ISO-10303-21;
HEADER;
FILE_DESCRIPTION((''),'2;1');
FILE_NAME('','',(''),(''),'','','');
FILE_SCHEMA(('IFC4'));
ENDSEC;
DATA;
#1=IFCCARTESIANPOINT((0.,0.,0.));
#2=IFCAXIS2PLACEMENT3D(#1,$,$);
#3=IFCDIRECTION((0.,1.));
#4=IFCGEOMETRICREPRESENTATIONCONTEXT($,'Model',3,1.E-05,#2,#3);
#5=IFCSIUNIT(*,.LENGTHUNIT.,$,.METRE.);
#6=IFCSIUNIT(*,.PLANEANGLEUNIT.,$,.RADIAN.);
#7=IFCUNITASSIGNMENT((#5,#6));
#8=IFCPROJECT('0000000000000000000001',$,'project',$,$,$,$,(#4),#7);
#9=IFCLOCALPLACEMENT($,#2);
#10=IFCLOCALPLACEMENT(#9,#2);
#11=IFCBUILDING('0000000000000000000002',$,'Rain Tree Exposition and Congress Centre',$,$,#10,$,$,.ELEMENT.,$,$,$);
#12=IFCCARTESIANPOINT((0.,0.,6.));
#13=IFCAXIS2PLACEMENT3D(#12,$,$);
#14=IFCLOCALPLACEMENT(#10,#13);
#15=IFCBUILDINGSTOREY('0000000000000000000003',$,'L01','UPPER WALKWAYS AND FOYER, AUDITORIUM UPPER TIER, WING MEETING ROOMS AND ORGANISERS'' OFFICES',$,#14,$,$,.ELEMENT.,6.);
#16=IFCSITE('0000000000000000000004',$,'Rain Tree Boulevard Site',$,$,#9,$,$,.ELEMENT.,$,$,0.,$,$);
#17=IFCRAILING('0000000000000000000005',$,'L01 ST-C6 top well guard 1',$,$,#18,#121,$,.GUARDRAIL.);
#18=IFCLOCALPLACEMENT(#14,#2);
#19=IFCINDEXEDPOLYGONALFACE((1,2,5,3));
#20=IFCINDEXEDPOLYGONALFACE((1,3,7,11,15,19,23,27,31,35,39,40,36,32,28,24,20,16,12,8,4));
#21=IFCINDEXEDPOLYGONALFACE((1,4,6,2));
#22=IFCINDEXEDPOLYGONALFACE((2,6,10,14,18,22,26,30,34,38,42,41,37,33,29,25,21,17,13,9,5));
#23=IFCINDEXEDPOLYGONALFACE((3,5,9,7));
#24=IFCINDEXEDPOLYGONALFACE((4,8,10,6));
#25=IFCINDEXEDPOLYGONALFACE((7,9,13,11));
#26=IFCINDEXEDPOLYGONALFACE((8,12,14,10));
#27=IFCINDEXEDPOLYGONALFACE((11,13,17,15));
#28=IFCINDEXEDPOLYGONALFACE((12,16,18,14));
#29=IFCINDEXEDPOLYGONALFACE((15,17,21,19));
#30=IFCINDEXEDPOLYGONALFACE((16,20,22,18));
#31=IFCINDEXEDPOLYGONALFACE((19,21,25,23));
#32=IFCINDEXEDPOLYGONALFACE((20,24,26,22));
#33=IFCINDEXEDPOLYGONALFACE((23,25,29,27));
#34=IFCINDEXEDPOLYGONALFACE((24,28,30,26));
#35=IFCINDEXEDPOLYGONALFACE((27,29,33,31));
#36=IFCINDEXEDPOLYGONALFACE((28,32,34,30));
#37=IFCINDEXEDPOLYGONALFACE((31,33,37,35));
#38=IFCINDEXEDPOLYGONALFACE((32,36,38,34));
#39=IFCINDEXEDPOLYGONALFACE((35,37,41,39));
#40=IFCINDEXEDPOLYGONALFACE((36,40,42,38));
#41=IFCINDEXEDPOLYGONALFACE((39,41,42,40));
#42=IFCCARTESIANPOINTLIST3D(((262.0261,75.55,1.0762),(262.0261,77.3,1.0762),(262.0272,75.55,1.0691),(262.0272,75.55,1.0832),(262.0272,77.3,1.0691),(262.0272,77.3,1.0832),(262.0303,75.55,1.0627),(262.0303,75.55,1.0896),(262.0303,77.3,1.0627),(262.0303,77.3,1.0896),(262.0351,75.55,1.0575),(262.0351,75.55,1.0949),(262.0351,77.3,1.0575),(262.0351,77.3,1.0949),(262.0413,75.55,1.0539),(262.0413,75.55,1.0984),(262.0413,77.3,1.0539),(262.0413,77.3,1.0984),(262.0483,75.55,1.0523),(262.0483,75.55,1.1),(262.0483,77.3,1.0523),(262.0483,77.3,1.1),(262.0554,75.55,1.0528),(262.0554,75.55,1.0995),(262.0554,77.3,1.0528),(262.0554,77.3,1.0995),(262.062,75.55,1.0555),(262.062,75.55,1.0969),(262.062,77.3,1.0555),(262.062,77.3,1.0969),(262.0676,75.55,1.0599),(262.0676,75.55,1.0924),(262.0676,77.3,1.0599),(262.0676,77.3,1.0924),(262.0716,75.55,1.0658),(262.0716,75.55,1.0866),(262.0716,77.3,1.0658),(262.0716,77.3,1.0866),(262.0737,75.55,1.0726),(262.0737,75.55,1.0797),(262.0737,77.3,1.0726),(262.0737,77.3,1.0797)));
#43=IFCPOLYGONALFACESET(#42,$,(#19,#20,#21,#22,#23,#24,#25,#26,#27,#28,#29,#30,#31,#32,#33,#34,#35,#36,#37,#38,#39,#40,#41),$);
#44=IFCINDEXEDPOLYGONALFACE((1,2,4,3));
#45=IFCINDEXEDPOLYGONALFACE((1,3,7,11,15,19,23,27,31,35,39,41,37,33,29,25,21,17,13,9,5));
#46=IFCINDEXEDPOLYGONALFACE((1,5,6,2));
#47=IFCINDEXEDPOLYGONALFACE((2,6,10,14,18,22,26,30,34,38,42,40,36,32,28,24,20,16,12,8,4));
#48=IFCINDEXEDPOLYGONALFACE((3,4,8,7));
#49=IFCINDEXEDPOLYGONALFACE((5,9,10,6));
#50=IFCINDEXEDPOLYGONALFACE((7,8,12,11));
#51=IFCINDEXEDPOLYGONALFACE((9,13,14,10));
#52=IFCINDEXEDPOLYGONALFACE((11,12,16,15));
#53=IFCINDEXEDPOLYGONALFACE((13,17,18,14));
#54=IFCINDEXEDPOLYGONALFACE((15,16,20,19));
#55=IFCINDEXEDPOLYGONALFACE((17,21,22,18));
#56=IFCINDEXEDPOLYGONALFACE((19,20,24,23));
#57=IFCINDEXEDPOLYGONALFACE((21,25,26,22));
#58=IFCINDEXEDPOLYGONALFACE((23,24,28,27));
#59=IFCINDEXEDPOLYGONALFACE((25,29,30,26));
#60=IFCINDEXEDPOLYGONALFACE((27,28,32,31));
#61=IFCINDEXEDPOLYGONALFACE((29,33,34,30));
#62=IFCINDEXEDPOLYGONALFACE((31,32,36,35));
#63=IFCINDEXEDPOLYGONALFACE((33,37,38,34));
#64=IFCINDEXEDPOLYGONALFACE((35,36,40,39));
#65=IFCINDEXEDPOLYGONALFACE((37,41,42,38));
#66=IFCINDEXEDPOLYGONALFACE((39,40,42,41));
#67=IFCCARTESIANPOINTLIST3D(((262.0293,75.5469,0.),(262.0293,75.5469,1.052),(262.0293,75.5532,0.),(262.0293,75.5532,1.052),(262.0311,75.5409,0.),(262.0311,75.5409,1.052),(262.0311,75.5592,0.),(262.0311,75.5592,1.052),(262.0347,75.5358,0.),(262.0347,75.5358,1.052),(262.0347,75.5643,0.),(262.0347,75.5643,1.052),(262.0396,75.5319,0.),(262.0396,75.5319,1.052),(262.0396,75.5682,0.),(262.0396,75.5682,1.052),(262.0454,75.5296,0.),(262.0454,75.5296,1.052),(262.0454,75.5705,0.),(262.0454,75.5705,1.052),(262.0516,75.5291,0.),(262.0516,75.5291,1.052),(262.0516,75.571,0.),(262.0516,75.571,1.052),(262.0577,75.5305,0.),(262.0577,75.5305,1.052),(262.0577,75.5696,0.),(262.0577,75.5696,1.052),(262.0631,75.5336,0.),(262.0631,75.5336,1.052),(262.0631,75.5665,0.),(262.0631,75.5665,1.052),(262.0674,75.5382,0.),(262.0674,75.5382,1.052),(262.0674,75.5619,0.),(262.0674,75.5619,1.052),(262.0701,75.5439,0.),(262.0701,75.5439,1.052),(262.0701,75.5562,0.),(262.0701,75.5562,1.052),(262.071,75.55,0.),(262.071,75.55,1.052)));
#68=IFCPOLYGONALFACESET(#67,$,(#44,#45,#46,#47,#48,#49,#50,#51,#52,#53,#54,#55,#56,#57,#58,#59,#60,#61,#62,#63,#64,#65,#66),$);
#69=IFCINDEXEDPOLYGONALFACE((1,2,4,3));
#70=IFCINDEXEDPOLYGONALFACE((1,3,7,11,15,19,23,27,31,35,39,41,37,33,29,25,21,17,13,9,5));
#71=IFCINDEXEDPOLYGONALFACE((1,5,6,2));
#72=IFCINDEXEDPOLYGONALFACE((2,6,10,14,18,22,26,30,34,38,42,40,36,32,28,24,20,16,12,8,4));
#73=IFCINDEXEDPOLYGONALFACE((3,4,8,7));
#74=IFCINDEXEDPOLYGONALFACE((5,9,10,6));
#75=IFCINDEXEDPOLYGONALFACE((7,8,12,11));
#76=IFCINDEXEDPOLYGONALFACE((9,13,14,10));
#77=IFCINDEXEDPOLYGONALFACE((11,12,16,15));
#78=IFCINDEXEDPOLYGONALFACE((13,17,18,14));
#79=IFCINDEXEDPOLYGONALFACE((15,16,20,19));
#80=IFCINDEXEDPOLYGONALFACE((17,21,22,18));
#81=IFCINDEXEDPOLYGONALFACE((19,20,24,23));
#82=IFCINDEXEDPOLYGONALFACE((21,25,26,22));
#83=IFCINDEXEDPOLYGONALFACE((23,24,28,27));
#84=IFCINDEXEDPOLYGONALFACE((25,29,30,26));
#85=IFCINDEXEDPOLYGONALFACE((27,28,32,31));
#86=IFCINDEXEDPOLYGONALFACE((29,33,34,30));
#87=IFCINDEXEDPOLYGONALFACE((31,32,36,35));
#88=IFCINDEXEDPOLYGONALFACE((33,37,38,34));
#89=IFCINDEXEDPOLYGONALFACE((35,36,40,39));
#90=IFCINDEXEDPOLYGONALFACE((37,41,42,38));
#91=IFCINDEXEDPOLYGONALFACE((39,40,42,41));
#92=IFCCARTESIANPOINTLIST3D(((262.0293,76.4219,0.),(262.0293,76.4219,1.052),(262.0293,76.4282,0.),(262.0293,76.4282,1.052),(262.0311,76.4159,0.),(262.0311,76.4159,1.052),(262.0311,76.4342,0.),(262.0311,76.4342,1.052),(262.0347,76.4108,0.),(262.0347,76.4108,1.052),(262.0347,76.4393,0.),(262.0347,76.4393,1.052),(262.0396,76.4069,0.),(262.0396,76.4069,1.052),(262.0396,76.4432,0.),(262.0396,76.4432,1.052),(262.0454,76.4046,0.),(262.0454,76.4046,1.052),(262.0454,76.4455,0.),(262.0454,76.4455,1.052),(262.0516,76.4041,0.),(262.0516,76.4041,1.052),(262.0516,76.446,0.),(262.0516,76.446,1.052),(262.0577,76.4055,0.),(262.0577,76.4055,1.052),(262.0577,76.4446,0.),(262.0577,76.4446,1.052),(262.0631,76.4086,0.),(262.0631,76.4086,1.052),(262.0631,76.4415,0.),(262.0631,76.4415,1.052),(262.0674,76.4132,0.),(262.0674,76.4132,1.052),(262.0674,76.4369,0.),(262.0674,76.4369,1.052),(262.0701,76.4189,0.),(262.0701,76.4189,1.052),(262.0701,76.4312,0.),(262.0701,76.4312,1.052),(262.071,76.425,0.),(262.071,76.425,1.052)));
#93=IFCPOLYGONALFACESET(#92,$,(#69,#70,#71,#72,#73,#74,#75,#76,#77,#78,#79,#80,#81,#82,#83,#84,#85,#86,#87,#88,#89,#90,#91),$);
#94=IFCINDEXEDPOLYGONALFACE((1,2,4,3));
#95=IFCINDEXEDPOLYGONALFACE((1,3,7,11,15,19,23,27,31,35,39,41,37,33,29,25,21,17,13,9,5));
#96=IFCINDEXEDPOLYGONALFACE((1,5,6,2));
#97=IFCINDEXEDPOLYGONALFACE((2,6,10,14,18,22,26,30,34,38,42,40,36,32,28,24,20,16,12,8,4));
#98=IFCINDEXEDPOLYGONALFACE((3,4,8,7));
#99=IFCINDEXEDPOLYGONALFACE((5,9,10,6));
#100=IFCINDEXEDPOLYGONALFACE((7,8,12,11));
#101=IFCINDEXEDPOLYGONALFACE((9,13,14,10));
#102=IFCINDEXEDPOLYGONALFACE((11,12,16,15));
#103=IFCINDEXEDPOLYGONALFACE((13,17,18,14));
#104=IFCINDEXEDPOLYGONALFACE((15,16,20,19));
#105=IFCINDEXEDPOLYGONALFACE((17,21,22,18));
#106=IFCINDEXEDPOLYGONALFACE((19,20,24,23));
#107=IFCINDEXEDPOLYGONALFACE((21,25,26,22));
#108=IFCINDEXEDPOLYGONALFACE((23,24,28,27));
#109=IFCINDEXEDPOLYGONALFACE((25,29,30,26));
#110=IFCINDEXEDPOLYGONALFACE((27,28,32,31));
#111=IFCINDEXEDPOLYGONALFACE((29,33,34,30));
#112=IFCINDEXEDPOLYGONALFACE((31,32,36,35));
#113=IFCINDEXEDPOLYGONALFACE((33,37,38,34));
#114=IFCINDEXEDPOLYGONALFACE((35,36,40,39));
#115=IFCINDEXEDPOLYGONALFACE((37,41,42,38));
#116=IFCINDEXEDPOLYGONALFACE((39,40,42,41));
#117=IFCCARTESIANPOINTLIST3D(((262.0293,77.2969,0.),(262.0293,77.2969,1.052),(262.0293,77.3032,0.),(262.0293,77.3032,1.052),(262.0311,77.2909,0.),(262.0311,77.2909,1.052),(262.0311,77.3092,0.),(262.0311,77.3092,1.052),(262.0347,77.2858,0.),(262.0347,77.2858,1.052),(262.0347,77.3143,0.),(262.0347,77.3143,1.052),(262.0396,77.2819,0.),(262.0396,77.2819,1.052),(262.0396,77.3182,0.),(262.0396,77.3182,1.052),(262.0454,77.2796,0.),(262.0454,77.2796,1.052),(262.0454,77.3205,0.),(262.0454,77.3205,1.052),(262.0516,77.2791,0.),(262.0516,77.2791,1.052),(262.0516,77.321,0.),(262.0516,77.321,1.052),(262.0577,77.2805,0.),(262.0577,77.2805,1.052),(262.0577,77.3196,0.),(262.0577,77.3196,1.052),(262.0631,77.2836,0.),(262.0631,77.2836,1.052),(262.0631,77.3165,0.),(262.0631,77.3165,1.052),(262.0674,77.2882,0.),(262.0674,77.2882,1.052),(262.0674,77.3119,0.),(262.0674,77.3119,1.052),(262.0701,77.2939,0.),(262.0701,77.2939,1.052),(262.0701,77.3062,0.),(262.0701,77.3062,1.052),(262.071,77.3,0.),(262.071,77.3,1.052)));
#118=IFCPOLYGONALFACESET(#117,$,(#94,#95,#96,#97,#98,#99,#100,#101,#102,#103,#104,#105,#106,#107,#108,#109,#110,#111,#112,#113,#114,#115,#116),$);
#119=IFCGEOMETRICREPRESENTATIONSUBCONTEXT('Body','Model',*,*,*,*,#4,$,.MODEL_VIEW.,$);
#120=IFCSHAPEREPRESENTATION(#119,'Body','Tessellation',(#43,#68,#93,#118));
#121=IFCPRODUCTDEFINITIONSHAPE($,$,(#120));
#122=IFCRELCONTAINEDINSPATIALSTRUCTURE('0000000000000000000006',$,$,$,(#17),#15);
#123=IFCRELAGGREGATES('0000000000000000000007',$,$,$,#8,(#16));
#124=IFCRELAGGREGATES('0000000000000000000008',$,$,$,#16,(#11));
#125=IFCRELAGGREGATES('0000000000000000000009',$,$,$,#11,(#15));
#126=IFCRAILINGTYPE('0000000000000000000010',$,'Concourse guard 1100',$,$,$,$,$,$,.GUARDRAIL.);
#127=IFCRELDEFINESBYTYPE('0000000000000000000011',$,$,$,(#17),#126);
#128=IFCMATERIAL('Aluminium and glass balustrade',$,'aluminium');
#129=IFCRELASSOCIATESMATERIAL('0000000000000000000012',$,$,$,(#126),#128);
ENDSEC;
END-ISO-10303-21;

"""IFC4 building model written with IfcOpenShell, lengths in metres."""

from ifc_helpers import new_model, si_unit, direction, frame, origin, origin_2d, place, context, subcontext, project, spatial, circle, extrude, material, type_object, element, save


model = new_model("IFC4")

# Units and contexts
model_context = context("Model", 3, precision=1e-05, world=origin(), true_north=direction((0.0, 1.0)))
body_context = subcontext(model_context, "Body", "Model", "MODEL_VIEW")
ifc_project = project(units=[si_unit("LENGTHUNIT", "METRE"), si_unit("PLANEANGLEUNIT", "RADIAN")], contexts=[model_context])

# Site, building, storey
site_placement = place(None, origin())
site = spatial("IfcSite", under=ifc_project, at=site_placement, Name="Rain Tree Boulevard Site", CompositionType="ELEMENT", RefElevation=0.0)
building_placement = place(site_placement, origin())
building = spatial("IfcBuilding", under=site, at=building_placement, Name="Rain Tree Exposition and Congress Centre", CompositionType="ELEMENT")
storey_placement = place(building_placement, frame((0.0, 0.0, 6.0)))
storey = spatial("IfcBuildingStorey", under=building, at=storey_placement, Name="L01", Description="UPPER WALKWAYS AND FOYER, AUDITORIUM UPPER TIER, WING MEETING ROOMS AND ORGANISERS' OFFICES", CompositionType="ELEMENT", Elevation=6.0)

# Railing
ifc_material_1 = material(Name="Aluminium and glass balustrade", Category="aluminium")
railing_type = type_object("IfcRailingType", Name="Concourse guard 1100", PredefinedType="GUARDRAIL", material=ifc_material_1)
railing_placement = place(storey_placement, frame((262.05, 75.55, 0.0)))
element("IfcRailing", 1, at=railing_placement, inside=storey, type_object=railing_type, Name="L01 ST-C6 top well guard 1", PredefinedType="GUARDRAIL", context=body_context, shape_type="SweptSolid", body=[
    extrude(circle(Radius=0.0239, at=origin_2d()), frame((0.0, 0.0, 1.0762), z_axis=(0.0, 1.0, 0.0), x_axis=(-1.0, 0.0, 0.0)), (0.0, 0.0, 1.0), 1.75),
    extrude(circle(Radius=0.021, at=origin_2d()), origin(), (0.0, 0.0, 1.0), 1.052),
    extrude(circle(Radius=0.021, at=origin_2d()), frame((0.0, 0.875, 0.0)), (0.0, 0.0, 1.0), 1.052),
    extrude(circle(Radius=0.021, at=origin_2d()), frame((0.0, 1.75, 0.0)), (0.0, 0.0, 1.0), 1.052),
])

save(model, "model.ifc")
